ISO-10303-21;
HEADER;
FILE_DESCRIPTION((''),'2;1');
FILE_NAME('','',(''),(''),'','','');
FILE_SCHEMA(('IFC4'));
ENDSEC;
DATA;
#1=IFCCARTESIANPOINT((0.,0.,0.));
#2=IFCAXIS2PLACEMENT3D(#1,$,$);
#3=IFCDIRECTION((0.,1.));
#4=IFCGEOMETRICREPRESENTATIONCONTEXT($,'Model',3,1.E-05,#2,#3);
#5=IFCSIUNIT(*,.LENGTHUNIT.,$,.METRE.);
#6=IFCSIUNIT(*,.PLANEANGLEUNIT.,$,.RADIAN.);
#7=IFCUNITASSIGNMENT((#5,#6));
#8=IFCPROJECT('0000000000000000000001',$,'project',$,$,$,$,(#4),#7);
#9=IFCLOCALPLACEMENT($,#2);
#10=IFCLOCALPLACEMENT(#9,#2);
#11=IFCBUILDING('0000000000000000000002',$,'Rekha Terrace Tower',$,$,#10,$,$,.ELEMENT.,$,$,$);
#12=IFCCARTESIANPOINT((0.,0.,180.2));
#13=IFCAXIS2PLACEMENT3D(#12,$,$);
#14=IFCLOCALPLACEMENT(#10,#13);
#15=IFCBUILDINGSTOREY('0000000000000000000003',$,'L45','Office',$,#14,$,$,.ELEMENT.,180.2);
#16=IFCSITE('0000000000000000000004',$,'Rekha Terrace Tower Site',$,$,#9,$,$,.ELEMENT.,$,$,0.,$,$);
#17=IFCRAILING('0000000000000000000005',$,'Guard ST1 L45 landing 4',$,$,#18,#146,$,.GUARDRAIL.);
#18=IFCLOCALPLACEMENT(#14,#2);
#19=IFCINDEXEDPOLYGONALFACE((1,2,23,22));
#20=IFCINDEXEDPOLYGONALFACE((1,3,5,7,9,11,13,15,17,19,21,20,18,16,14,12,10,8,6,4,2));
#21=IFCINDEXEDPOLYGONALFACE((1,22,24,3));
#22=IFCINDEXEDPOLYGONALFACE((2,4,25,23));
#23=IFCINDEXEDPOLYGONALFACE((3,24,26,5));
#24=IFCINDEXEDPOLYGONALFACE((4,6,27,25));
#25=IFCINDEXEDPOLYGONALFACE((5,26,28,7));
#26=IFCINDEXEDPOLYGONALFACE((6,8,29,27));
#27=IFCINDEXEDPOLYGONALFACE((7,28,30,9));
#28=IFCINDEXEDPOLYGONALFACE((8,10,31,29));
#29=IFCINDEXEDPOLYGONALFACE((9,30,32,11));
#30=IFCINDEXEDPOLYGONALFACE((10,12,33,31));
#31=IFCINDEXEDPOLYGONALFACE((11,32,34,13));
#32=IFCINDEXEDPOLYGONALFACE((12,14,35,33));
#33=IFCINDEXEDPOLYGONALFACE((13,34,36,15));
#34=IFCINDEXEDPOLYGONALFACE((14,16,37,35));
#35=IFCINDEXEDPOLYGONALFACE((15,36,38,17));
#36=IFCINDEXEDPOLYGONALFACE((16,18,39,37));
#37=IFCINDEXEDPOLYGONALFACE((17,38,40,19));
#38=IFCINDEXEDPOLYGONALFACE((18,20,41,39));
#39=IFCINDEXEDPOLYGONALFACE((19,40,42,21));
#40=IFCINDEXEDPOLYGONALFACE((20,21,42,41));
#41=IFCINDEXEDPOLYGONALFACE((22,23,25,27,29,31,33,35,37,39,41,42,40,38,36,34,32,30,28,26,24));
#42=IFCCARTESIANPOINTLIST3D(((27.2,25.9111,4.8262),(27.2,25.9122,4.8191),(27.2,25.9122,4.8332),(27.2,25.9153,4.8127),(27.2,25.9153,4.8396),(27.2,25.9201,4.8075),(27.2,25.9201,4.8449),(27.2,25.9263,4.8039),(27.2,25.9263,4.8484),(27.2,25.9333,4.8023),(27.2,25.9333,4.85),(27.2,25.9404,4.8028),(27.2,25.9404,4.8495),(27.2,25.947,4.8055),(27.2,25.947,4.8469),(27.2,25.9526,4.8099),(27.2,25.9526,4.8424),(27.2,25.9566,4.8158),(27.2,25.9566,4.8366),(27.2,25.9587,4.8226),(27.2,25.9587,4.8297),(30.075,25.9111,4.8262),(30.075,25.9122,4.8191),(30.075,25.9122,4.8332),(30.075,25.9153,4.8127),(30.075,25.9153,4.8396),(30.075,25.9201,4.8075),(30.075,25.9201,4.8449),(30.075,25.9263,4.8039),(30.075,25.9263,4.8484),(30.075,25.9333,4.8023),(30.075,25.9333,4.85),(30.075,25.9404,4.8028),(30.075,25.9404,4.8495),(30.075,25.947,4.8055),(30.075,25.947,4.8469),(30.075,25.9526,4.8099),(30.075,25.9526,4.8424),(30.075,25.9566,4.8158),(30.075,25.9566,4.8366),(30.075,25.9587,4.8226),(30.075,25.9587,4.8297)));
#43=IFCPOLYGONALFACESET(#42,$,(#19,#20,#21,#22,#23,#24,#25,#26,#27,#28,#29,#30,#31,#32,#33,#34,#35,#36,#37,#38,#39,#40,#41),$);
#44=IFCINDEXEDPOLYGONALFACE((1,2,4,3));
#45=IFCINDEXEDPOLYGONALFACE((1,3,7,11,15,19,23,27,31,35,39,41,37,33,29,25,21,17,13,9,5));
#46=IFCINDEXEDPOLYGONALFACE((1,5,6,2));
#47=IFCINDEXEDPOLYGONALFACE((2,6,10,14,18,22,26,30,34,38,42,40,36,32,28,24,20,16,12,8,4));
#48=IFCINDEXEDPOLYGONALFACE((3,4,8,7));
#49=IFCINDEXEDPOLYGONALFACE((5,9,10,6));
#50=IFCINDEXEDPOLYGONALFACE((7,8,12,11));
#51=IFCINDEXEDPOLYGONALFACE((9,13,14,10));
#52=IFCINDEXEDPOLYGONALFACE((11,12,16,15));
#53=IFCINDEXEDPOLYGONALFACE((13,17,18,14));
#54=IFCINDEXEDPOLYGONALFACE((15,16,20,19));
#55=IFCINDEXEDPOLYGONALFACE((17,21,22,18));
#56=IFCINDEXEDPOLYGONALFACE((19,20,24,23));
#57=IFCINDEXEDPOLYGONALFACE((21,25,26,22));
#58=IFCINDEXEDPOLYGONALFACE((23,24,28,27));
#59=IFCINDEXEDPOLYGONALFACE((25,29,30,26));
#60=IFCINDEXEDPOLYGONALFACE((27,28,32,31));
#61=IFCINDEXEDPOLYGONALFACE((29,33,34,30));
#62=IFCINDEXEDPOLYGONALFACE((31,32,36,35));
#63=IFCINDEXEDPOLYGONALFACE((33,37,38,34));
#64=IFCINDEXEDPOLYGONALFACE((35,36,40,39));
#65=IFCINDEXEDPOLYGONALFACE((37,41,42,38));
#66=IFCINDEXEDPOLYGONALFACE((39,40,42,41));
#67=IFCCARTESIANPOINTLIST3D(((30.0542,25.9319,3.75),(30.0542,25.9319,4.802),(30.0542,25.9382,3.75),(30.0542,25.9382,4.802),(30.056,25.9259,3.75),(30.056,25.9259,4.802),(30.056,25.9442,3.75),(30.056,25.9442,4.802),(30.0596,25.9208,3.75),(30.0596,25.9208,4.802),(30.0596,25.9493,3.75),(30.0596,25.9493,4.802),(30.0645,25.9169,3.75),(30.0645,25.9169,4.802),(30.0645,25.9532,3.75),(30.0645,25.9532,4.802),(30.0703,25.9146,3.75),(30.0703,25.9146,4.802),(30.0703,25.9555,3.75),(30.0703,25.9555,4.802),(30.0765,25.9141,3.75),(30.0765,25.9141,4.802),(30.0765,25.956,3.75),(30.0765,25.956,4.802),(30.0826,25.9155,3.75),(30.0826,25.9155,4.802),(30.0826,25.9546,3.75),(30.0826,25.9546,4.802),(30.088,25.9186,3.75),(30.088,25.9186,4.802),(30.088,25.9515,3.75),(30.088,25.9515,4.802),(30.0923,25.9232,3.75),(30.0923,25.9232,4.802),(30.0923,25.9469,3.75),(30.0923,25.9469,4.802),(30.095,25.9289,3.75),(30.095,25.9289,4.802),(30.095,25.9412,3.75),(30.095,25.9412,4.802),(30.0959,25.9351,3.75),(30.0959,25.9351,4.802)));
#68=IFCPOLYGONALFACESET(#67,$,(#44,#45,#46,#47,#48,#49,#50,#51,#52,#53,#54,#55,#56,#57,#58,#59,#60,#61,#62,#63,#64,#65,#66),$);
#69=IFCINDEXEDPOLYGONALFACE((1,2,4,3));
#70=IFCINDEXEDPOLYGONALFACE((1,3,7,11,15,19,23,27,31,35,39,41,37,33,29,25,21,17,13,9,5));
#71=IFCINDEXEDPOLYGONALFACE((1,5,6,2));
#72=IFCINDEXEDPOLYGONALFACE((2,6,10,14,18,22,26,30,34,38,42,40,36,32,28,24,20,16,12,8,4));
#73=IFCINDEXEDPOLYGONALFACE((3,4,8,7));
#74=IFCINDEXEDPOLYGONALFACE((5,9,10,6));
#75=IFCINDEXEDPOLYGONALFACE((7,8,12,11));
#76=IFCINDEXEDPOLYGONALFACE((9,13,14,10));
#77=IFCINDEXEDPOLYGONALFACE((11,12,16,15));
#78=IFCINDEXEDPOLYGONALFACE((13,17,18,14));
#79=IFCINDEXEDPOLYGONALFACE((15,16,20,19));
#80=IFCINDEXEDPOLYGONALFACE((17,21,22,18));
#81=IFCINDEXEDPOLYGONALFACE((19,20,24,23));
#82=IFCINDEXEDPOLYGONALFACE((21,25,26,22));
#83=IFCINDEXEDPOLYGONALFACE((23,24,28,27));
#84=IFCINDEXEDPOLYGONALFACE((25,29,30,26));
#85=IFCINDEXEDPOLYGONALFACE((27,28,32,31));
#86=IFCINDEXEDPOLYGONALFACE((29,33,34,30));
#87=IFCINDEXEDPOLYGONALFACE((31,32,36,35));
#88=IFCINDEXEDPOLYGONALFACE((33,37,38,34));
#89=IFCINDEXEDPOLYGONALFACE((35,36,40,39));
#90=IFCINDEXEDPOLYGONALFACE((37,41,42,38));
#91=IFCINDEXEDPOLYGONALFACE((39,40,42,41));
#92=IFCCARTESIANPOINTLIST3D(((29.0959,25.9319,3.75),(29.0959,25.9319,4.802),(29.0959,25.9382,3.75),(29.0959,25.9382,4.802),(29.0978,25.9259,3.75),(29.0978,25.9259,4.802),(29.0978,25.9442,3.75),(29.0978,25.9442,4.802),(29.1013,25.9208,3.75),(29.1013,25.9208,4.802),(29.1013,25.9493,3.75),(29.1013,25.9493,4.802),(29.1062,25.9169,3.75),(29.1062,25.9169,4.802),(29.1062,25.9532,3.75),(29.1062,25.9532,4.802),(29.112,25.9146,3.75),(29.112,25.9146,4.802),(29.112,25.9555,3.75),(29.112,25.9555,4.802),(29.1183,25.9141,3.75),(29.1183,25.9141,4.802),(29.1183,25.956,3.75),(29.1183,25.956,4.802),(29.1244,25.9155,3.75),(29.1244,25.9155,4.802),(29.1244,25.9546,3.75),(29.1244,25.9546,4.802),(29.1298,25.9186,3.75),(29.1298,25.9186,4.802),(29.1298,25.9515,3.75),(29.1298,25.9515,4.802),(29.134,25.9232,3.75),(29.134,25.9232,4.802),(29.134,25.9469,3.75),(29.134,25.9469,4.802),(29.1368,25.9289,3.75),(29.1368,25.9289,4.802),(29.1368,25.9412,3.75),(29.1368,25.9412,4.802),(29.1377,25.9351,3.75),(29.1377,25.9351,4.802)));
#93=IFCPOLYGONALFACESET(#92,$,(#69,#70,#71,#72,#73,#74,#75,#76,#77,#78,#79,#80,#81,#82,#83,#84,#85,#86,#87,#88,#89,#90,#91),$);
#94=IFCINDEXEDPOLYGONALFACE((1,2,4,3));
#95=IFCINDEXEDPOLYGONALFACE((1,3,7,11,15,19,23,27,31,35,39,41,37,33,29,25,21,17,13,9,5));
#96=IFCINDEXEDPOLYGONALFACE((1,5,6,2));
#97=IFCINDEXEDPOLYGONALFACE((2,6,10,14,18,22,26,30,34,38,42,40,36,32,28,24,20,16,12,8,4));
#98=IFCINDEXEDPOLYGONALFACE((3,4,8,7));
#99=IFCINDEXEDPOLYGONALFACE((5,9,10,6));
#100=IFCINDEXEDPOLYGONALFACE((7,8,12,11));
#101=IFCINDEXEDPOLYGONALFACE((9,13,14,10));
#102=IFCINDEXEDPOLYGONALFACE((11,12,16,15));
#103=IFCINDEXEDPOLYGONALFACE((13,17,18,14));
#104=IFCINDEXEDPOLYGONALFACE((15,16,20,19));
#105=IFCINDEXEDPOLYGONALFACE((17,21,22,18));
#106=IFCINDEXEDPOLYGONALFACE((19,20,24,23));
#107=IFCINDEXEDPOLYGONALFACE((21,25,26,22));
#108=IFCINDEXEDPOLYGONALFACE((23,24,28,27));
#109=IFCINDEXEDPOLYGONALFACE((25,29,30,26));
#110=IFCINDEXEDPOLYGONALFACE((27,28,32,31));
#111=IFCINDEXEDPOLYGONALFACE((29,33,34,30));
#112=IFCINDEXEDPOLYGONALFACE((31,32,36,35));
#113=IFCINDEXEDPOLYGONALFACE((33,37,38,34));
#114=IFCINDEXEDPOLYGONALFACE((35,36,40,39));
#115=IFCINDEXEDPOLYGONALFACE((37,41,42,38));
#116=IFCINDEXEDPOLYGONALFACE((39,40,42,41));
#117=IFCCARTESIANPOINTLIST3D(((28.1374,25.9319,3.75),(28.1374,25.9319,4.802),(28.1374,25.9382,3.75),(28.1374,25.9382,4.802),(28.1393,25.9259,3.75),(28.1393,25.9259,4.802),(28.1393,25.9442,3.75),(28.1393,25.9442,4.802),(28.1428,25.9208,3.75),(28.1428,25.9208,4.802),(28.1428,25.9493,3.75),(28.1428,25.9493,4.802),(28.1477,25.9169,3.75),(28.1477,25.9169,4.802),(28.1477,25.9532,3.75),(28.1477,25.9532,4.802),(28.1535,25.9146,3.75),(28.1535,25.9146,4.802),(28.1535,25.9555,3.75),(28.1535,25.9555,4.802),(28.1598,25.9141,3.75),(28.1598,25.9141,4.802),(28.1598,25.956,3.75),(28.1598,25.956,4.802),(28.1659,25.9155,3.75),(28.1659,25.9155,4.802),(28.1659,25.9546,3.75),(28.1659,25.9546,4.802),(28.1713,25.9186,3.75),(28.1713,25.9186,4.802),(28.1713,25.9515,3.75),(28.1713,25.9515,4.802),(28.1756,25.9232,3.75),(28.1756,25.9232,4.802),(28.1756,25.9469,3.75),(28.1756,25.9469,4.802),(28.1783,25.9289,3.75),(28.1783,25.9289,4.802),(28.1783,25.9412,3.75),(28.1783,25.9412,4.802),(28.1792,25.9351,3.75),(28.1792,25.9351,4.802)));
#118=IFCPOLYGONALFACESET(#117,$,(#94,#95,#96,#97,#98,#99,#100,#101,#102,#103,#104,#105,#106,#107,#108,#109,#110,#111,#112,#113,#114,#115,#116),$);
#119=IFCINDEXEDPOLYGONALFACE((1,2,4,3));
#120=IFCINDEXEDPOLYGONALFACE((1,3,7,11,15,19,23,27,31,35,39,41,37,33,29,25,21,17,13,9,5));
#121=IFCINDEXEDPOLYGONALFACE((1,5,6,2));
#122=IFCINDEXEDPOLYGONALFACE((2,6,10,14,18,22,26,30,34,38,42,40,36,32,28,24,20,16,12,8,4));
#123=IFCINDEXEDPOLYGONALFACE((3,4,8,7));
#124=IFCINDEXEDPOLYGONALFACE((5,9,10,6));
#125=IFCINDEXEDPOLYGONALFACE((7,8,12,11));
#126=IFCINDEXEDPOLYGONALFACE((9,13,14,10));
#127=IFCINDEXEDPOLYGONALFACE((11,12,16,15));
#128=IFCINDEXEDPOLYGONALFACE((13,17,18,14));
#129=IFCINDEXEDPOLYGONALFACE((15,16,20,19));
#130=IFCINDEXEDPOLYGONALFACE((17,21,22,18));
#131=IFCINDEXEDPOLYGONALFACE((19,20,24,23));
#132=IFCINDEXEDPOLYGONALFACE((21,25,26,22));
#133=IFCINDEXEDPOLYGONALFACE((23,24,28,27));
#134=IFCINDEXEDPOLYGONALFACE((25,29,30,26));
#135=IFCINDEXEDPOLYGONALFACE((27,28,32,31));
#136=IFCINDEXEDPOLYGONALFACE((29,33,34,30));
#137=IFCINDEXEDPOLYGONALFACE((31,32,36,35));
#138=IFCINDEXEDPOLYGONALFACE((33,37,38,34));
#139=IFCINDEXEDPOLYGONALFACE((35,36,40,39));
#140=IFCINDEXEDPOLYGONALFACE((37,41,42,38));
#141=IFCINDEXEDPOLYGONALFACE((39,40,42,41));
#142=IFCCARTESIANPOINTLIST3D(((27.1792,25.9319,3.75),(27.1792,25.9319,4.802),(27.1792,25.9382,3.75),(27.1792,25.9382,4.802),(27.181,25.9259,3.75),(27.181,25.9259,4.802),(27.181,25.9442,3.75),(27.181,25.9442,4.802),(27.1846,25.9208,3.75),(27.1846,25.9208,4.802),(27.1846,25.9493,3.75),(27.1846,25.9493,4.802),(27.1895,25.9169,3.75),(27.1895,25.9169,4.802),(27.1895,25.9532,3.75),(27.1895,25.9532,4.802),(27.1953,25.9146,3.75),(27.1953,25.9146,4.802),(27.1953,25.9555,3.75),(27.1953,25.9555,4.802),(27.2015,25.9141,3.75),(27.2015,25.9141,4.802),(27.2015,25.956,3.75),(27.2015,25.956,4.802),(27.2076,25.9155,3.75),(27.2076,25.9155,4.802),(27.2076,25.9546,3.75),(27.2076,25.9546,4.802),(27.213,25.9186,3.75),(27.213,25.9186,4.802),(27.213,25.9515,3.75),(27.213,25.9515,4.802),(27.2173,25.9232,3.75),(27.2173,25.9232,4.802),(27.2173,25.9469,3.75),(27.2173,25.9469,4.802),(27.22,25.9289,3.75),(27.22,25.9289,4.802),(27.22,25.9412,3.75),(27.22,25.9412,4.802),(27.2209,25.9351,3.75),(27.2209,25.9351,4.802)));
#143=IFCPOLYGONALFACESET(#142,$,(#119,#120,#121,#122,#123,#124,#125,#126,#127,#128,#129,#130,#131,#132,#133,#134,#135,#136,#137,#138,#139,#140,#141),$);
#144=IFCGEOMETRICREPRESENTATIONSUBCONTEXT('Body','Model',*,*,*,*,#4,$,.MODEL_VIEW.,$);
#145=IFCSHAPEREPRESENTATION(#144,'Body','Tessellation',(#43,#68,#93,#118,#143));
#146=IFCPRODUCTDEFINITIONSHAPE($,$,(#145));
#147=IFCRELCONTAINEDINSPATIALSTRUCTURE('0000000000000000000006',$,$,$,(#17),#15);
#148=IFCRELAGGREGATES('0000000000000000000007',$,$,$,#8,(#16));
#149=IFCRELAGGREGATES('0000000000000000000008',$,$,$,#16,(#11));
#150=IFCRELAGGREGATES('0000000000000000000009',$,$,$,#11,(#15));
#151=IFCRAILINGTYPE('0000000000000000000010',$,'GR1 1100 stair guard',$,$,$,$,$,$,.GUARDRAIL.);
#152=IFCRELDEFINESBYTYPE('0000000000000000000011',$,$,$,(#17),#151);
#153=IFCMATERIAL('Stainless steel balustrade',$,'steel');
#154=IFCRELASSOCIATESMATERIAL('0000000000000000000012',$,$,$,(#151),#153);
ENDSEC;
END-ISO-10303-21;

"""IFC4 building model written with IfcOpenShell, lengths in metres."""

from ifc_helpers import new_model, si_unit, direction, frame, origin, origin_2d, place, context, subcontext, project, spatial, circle, extrude, material, type_object, element, save


model = new_model("IFC4")

# Units and contexts
model_context = context("Model", 3, precision=1e-05, world=origin(), true_north=direction((0.0, 1.0)))
body_context = subcontext(model_context, "Body", "Model", "MODEL_VIEW")
ifc_project = project(units=[si_unit("LENGTHUNIT", "METRE"), si_unit("PLANEANGLEUNIT", "RADIAN")], contexts=[model_context])

# Site, building, storey
site_placement = place(None, origin())
site = spatial("IfcSite", under=ifc_project, at=site_placement, Name="Rekha Terrace Tower Site", CompositionType="ELEMENT", RefElevation=0.0)
building_placement = place(site_placement, origin())
building = spatial("IfcBuilding", under=site, at=building_placement, Name="Rekha Terrace Tower", CompositionType="ELEMENT")
storey_placement = place(building_placement, frame((0.0, 0.0, 180.2)))
storey = spatial("IfcBuildingStorey", under=building, at=storey_placement, Name="L45", Description="Office", CompositionType="ELEMENT", Elevation=180.2)

# Railing
ifc_material_1 = material(Name="Stainless steel balustrade", Category="steel")
railing_type_1 = type_object("IfcRailingType", Name="GR1 1100 stair guard", PredefinedType="GUARDRAIL", material=ifc_material_1)
railing_1_placement = place(storey_placement, frame((30.075, 25.9351, 3.75)))
element("IfcRailing", 1, at=railing_1_placement, inside=storey, type_object=railing_type_1, Name="Guard ST1 L45 landing 4", PredefinedType="GUARDRAIL", context=body_context, shape_type="SweptSolid", body=[
    extrude(circle(Radius=0.0239, at=origin_2d()), frame((0.0, 0.0, 1.0762), z_axis=(-1.0, 0.0, 0.0), x_axis=(0.0, -1.0, 0.0)), (0.0, 0.0, 1.0), 2.875),
    extrude(circle(Radius=0.021, at=origin_2d()), origin(), (0.0, 0.0, 1.0), 1.052),
    extrude(circle(Radius=0.021, at=origin_2d()), frame((-0.9583, 0.0, 0.0)), (0.0, 0.0, 1.0), 1.052),
    extrude(circle(Radius=0.021, at=origin_2d()), frame((-1.9167, 0.0, 0.0)), (0.0, 0.0, 1.0), 1.052),
    extrude(circle(Radius=0.021, at=origin_2d()), frame((-2.875, 0.0, 0.0)), (0.0, 0.0, 1.0), 1.052),
])

save(model, "model.ifc")
